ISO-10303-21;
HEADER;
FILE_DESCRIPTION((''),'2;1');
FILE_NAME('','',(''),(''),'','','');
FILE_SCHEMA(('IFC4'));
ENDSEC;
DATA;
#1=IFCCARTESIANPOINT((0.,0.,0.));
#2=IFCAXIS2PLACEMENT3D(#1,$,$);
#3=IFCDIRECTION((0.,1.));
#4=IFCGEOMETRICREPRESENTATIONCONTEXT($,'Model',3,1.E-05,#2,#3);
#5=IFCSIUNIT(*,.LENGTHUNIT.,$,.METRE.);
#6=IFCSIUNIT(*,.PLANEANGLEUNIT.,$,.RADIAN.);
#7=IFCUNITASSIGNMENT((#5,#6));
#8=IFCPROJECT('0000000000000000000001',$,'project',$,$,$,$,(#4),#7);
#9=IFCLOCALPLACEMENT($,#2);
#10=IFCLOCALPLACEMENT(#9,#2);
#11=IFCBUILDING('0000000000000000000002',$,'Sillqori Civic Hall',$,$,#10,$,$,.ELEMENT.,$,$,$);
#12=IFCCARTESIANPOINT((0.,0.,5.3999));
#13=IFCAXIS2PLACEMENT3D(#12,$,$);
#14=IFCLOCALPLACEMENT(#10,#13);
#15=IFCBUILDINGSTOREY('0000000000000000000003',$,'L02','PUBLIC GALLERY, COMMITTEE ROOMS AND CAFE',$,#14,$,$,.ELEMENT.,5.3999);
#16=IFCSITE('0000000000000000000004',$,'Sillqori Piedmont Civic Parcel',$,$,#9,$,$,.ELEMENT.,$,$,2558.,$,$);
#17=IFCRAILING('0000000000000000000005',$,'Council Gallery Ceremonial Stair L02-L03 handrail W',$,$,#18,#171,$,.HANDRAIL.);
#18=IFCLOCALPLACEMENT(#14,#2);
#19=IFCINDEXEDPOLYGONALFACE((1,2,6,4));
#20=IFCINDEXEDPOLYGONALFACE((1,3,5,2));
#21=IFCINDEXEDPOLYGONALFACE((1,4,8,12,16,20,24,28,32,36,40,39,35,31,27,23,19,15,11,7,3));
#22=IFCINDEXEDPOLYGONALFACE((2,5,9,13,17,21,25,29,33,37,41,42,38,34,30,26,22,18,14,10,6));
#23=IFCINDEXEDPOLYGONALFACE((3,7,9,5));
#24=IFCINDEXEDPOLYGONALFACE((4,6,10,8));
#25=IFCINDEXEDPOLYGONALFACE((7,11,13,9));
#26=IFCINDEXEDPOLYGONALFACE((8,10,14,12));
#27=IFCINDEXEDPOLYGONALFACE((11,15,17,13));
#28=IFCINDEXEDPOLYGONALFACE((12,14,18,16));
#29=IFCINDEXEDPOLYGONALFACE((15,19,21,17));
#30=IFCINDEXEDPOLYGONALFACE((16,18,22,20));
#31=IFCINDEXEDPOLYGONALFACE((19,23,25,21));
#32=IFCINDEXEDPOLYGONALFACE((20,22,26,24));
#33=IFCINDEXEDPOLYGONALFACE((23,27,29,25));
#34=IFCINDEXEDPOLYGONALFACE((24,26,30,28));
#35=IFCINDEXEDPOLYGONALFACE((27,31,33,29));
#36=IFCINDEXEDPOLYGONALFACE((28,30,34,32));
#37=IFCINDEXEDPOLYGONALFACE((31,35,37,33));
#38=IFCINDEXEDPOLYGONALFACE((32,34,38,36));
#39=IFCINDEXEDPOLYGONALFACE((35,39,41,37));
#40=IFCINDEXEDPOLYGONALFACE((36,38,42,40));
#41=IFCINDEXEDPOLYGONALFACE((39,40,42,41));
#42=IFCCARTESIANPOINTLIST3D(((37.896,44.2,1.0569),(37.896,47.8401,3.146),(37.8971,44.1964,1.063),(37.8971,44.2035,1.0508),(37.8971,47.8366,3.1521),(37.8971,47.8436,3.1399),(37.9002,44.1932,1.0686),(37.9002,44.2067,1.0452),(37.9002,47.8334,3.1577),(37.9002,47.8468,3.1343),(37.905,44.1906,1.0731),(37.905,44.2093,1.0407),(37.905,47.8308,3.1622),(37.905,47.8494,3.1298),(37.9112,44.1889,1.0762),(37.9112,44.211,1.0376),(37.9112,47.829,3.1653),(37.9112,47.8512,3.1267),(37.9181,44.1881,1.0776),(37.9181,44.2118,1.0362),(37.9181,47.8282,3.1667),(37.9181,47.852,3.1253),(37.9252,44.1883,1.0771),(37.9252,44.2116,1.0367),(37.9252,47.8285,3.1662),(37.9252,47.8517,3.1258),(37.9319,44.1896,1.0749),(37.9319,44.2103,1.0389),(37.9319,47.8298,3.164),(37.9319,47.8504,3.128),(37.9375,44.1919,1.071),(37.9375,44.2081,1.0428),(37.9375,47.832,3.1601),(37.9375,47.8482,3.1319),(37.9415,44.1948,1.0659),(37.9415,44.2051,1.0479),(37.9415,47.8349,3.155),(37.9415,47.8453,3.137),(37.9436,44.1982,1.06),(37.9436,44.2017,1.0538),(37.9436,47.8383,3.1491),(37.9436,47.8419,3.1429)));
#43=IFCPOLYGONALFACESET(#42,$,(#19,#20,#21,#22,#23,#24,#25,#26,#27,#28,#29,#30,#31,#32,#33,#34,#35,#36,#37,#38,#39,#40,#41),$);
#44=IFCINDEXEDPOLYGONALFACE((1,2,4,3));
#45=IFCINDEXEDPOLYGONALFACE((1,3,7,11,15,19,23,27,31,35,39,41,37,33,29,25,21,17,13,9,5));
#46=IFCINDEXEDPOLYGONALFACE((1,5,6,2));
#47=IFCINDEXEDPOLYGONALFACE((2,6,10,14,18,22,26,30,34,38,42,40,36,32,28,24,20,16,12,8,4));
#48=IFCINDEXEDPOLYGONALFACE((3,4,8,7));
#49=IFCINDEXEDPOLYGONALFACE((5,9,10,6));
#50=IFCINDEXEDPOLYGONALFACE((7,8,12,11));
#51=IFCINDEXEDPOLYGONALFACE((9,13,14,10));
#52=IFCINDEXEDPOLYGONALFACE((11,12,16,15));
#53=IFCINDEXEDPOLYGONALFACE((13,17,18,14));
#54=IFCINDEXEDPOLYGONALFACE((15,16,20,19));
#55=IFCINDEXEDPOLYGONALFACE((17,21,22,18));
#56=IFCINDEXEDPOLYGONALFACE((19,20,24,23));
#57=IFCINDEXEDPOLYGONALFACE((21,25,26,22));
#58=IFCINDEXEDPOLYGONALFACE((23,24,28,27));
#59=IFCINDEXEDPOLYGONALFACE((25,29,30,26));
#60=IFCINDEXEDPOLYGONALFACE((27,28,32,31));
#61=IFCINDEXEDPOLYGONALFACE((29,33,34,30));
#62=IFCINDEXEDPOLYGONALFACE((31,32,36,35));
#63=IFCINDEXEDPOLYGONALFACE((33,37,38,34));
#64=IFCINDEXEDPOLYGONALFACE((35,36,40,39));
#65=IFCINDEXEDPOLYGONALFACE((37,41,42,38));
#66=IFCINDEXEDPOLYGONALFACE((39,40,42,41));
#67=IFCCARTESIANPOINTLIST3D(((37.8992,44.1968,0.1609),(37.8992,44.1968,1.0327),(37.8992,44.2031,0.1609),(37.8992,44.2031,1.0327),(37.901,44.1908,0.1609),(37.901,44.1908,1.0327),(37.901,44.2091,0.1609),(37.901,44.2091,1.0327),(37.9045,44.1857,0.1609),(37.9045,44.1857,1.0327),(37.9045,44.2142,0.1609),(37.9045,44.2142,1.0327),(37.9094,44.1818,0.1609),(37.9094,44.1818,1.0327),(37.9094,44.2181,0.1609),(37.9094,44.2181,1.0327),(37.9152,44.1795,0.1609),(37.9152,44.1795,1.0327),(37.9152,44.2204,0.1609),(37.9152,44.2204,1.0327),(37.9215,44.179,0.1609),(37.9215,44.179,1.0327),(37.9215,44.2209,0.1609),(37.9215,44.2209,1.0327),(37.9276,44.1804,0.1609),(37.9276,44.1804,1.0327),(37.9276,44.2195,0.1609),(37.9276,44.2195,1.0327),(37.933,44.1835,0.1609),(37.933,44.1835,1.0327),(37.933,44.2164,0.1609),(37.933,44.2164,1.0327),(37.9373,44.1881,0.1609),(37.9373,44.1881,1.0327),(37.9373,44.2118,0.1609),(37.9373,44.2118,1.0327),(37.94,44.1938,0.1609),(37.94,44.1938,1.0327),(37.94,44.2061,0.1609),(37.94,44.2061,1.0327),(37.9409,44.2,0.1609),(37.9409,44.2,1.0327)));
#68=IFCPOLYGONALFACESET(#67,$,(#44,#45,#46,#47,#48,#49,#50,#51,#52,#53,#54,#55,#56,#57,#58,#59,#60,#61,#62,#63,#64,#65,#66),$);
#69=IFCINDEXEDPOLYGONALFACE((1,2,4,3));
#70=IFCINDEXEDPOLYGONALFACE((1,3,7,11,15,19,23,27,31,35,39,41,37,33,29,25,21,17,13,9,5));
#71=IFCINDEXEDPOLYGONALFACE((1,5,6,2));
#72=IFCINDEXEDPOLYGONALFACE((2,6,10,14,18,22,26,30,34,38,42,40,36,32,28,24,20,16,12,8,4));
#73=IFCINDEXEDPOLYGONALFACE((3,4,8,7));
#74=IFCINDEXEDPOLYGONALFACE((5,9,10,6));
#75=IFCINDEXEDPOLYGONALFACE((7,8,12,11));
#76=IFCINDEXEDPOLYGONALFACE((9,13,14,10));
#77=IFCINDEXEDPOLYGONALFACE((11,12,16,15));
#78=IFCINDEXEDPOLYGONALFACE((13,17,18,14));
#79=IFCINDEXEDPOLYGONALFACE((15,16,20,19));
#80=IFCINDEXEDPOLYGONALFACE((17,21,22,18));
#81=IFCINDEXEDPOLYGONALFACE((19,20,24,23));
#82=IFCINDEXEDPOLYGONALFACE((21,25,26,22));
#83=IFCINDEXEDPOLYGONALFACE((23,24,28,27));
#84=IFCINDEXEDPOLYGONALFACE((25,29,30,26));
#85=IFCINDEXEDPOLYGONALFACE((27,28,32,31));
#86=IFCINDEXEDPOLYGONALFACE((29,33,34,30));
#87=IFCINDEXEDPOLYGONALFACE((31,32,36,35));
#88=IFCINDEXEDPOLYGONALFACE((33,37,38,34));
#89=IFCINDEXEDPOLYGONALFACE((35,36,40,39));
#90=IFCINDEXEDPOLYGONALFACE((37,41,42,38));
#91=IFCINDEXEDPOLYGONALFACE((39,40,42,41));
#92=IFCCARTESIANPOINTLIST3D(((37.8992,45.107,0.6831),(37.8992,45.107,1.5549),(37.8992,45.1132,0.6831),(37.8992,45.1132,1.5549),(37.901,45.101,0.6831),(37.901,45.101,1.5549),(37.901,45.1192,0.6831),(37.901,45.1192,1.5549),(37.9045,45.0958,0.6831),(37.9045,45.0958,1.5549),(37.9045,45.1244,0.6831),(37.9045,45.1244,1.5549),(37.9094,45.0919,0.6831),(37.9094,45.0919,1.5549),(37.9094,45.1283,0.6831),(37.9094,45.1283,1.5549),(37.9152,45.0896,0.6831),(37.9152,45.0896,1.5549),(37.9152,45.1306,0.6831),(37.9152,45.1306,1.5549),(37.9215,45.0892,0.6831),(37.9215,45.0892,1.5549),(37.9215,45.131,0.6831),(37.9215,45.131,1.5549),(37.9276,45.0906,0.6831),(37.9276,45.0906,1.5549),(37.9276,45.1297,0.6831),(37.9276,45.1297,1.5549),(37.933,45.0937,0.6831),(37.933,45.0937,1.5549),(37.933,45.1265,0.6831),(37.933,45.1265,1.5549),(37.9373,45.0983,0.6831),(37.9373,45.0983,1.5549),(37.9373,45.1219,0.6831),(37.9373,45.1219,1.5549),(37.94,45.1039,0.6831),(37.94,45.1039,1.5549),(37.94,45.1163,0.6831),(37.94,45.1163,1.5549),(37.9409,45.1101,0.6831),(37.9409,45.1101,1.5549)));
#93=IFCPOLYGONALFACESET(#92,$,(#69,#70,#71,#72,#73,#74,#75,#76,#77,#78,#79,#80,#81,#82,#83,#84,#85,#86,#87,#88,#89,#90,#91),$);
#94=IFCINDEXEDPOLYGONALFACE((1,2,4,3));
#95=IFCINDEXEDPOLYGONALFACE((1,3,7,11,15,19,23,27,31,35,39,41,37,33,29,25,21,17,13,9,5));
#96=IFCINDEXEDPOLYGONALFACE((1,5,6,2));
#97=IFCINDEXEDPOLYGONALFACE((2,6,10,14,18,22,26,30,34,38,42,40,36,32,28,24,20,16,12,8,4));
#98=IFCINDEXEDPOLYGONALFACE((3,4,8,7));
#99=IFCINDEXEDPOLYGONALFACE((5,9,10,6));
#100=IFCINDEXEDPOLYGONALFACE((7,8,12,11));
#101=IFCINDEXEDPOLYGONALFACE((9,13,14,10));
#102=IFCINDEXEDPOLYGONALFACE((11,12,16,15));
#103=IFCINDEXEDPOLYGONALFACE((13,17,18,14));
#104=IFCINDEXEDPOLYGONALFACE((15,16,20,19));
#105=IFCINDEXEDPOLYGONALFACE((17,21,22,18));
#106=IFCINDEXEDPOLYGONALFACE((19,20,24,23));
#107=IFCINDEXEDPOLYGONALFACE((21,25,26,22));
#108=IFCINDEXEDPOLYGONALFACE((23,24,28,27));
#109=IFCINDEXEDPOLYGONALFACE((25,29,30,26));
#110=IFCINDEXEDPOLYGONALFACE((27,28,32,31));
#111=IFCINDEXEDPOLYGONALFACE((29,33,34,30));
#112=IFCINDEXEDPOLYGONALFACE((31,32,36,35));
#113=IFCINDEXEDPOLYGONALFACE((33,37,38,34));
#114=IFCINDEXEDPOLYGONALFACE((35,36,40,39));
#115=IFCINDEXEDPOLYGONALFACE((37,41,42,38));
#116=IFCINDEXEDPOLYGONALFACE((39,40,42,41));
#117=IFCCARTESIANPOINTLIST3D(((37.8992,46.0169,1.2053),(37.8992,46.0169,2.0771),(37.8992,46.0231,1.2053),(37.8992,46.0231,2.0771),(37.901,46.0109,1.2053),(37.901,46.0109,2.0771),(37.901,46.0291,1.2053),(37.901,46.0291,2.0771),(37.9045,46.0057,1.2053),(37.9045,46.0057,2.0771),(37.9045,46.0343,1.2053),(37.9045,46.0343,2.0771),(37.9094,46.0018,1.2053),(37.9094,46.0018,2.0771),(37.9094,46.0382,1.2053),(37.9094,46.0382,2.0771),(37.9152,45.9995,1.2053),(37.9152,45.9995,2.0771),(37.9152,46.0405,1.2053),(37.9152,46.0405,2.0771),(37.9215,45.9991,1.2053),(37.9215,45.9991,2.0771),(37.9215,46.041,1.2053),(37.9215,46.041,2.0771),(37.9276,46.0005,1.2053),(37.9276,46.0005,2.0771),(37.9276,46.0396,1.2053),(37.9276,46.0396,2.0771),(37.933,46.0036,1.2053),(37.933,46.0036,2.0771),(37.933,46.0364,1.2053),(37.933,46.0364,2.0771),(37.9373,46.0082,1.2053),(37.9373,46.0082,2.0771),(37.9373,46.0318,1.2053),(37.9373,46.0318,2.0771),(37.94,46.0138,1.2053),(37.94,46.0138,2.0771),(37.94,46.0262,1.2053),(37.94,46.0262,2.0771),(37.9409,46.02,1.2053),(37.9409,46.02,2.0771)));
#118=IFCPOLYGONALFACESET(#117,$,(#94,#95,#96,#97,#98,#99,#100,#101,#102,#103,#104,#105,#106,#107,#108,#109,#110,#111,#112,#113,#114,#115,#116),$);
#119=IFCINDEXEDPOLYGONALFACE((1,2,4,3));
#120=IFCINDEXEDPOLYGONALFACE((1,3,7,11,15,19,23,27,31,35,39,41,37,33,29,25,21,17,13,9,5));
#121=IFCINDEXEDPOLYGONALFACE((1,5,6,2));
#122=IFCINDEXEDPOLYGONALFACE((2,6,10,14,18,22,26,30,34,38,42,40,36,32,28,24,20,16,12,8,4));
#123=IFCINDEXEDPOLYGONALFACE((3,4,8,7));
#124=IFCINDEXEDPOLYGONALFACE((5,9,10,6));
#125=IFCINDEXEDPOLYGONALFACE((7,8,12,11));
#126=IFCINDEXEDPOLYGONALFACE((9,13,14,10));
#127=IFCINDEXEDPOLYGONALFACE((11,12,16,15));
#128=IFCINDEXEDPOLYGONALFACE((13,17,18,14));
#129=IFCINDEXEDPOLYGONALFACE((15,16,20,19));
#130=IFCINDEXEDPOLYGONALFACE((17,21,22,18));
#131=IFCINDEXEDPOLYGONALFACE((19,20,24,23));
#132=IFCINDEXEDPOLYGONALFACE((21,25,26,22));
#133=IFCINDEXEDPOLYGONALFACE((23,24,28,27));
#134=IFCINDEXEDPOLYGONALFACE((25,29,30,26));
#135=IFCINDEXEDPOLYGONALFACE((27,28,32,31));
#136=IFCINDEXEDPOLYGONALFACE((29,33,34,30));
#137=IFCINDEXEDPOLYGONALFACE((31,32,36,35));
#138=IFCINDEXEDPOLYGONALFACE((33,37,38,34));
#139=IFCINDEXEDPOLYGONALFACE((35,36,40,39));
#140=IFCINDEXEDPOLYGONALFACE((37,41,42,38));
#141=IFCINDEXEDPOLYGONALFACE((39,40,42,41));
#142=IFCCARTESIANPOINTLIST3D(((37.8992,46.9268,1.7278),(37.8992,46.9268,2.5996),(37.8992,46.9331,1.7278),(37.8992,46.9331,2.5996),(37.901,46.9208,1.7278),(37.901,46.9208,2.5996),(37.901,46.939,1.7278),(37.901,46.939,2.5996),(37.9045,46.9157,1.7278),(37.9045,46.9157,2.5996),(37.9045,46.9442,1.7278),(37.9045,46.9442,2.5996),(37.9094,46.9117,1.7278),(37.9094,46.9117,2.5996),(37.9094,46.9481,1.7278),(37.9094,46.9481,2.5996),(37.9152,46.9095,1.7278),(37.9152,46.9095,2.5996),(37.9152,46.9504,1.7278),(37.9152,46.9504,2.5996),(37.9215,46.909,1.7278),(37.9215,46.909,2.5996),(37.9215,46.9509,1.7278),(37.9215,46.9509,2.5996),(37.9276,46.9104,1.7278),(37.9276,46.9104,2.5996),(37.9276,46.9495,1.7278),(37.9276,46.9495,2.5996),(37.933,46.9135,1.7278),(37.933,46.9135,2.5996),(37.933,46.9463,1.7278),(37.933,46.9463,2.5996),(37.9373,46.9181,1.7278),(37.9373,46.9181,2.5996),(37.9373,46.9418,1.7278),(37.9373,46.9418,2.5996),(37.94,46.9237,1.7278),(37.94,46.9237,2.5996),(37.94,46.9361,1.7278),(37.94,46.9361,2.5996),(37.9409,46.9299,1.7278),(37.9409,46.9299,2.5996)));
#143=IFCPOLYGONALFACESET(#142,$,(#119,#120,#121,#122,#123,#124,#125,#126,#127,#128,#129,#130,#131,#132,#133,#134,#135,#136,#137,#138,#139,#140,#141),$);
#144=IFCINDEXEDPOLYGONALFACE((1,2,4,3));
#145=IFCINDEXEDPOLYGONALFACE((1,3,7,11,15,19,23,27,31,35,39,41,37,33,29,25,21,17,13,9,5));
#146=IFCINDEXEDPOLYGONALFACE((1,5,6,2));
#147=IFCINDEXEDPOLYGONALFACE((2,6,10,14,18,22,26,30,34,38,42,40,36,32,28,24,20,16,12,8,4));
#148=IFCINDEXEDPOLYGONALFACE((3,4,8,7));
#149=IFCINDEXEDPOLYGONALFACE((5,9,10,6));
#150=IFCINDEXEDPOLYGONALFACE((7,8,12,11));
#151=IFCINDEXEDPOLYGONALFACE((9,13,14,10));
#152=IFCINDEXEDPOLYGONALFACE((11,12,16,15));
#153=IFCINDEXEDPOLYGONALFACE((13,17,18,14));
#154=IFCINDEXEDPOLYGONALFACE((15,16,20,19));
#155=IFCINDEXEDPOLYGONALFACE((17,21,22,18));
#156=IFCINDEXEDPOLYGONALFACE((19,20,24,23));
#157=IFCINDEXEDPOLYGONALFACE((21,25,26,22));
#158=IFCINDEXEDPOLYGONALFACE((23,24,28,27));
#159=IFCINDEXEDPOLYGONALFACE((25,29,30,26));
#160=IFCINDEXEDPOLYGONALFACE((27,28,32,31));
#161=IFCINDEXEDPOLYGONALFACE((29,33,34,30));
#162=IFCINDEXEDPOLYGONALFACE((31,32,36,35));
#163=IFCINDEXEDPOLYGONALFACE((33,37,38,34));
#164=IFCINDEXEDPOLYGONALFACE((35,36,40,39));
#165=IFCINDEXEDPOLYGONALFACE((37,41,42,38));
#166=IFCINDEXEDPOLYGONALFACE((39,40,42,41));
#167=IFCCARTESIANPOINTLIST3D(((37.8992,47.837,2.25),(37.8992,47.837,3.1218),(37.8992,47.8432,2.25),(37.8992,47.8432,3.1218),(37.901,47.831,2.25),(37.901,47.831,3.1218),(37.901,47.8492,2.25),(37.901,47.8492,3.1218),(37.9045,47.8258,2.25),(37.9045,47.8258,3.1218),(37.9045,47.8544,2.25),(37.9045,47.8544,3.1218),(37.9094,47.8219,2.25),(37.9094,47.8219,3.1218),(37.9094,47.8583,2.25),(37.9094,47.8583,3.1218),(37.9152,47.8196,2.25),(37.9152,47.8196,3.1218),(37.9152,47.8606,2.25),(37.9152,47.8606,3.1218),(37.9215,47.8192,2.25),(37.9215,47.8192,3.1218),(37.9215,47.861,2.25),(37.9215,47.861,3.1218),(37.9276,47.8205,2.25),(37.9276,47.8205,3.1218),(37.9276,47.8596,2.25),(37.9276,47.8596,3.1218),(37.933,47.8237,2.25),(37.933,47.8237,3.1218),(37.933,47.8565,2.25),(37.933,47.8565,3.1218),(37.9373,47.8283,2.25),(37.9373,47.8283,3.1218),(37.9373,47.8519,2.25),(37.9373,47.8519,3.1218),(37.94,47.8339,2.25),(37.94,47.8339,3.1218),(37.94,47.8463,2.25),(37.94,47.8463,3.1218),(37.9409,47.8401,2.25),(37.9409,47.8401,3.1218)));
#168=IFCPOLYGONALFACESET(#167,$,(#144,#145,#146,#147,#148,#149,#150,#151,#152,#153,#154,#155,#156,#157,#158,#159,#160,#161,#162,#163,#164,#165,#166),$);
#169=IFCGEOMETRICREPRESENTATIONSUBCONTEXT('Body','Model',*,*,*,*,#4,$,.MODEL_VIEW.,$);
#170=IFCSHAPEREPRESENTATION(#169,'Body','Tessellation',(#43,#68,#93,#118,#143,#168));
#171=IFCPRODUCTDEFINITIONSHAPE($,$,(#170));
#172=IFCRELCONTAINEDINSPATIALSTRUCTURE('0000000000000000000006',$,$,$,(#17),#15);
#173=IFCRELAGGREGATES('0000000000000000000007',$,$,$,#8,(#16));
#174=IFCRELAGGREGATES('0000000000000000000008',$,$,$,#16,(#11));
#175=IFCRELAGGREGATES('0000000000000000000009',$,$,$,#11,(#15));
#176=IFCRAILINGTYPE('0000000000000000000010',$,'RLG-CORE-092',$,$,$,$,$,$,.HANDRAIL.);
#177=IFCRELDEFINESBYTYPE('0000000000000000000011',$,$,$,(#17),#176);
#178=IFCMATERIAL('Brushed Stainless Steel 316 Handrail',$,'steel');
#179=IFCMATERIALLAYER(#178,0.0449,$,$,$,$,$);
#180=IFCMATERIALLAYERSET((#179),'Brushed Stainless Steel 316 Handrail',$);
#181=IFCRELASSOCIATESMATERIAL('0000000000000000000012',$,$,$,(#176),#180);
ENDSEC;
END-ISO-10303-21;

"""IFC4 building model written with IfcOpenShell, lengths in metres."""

from ifc_helpers import new_model, si_unit, direction, frame, origin, origin_2d, place, context, subcontext, project, spatial, circle, extrude, material, layer, layer_set, type_object, element, save


model = new_model("IFC4")

# Units and contexts
model_context = context("Model", 3, precision=1e-05, world=origin(), true_north=direction((0.0, 1.0)))
body_context = subcontext(model_context, "Body", "Model", "MODEL_VIEW")
ifc_project = project(units=[si_unit("LENGTHUNIT", "METRE"), si_unit("PLANEANGLEUNIT", "RADIAN")], contexts=[model_context])

# Site, building, storey
site_placement = place(None, origin())
site = spatial("IfcSite", under=ifc_project, at=site_placement, Name="Sillqori Piedmont Civic Parcel", CompositionType="ELEMENT", RefElevation=2558.0)
building_placement = place(site_placement, origin())
building = spatial("IfcBuilding", under=site, at=building_placement, Name="Sillqori Civic Hall", CompositionType="ELEMENT")
storey_placement = place(building_placement, frame((0.0, 0.0, 5.3999)))
storey = spatial("IfcBuildingStorey", under=building, at=storey_placement, Name="L02", Description="PUBLIC GALLERY, COMMITTEE ROOMS AND CAFE", CompositionType="ELEMENT", Elevation=5.3999)

# Railing
ifc_material_1 = material(Name="Brushed Stainless Steel 316 Handrail", Category="steel")
ifc_layer_1 = layer(ifc_material_1, 0.0449)
ifc_layer_set_1 = layer_set([ifc_layer_1], Name="Brushed Stainless Steel 316 Handrail")
railing_type_1 = type_object("IfcRailingType", Name="RLG-CORE-092", PredefinedType="HANDRAIL", material=ifc_layer_set_1)
railing_1_placement = place(storey_placement, frame((37.9199, 44.2, 0.1609)))
element("IfcRailing", 1, at=railing_1_placement, inside=storey, type_object=railing_type_1, Name="Council Gallery Ceremonial Stair L02-L03 handrail W", PredefinedType="HANDRAIL", context=body_context, shape_type="SweptSolid", body=[
    extrude(circle(Radius=0.0239, at=origin_2d()), frame((0.0, 0.0, 0.896), z_axis=(0.0, 0.867314, 0.497761), x_axis=(-1.0, 0.0, 0.0)), (0.0, 0.0, 1.0), 4.197),
    extrude(circle(Radius=0.021, at=origin_2d()), origin(), (0.0, 0.0, 1.0), 0.8718),
    extrude(circle(Radius=0.021, at=origin_2d()), frame((0.0, 0.9102, 0.5222)), (0.0, 0.0, 1.0), 0.8718),
    extrude(circle(Radius=0.021, at=origin_2d()), frame((0.0, 1.8201, 1.0444)), (0.0, 0.0, 1.0), 0.8718),
    extrude(circle(Radius=0.021, at=origin_2d()), frame((0.0, 2.73, 1.5669)), (0.0, 0.0, 1.0), 0.8718),
    extrude(circle(Radius=0.021, at=origin_2d()), frame((0.0, 3.6401, 2.0891)), (0.0, 0.0, 1.0), 0.8718),
])

save(model, "model.ifc")
